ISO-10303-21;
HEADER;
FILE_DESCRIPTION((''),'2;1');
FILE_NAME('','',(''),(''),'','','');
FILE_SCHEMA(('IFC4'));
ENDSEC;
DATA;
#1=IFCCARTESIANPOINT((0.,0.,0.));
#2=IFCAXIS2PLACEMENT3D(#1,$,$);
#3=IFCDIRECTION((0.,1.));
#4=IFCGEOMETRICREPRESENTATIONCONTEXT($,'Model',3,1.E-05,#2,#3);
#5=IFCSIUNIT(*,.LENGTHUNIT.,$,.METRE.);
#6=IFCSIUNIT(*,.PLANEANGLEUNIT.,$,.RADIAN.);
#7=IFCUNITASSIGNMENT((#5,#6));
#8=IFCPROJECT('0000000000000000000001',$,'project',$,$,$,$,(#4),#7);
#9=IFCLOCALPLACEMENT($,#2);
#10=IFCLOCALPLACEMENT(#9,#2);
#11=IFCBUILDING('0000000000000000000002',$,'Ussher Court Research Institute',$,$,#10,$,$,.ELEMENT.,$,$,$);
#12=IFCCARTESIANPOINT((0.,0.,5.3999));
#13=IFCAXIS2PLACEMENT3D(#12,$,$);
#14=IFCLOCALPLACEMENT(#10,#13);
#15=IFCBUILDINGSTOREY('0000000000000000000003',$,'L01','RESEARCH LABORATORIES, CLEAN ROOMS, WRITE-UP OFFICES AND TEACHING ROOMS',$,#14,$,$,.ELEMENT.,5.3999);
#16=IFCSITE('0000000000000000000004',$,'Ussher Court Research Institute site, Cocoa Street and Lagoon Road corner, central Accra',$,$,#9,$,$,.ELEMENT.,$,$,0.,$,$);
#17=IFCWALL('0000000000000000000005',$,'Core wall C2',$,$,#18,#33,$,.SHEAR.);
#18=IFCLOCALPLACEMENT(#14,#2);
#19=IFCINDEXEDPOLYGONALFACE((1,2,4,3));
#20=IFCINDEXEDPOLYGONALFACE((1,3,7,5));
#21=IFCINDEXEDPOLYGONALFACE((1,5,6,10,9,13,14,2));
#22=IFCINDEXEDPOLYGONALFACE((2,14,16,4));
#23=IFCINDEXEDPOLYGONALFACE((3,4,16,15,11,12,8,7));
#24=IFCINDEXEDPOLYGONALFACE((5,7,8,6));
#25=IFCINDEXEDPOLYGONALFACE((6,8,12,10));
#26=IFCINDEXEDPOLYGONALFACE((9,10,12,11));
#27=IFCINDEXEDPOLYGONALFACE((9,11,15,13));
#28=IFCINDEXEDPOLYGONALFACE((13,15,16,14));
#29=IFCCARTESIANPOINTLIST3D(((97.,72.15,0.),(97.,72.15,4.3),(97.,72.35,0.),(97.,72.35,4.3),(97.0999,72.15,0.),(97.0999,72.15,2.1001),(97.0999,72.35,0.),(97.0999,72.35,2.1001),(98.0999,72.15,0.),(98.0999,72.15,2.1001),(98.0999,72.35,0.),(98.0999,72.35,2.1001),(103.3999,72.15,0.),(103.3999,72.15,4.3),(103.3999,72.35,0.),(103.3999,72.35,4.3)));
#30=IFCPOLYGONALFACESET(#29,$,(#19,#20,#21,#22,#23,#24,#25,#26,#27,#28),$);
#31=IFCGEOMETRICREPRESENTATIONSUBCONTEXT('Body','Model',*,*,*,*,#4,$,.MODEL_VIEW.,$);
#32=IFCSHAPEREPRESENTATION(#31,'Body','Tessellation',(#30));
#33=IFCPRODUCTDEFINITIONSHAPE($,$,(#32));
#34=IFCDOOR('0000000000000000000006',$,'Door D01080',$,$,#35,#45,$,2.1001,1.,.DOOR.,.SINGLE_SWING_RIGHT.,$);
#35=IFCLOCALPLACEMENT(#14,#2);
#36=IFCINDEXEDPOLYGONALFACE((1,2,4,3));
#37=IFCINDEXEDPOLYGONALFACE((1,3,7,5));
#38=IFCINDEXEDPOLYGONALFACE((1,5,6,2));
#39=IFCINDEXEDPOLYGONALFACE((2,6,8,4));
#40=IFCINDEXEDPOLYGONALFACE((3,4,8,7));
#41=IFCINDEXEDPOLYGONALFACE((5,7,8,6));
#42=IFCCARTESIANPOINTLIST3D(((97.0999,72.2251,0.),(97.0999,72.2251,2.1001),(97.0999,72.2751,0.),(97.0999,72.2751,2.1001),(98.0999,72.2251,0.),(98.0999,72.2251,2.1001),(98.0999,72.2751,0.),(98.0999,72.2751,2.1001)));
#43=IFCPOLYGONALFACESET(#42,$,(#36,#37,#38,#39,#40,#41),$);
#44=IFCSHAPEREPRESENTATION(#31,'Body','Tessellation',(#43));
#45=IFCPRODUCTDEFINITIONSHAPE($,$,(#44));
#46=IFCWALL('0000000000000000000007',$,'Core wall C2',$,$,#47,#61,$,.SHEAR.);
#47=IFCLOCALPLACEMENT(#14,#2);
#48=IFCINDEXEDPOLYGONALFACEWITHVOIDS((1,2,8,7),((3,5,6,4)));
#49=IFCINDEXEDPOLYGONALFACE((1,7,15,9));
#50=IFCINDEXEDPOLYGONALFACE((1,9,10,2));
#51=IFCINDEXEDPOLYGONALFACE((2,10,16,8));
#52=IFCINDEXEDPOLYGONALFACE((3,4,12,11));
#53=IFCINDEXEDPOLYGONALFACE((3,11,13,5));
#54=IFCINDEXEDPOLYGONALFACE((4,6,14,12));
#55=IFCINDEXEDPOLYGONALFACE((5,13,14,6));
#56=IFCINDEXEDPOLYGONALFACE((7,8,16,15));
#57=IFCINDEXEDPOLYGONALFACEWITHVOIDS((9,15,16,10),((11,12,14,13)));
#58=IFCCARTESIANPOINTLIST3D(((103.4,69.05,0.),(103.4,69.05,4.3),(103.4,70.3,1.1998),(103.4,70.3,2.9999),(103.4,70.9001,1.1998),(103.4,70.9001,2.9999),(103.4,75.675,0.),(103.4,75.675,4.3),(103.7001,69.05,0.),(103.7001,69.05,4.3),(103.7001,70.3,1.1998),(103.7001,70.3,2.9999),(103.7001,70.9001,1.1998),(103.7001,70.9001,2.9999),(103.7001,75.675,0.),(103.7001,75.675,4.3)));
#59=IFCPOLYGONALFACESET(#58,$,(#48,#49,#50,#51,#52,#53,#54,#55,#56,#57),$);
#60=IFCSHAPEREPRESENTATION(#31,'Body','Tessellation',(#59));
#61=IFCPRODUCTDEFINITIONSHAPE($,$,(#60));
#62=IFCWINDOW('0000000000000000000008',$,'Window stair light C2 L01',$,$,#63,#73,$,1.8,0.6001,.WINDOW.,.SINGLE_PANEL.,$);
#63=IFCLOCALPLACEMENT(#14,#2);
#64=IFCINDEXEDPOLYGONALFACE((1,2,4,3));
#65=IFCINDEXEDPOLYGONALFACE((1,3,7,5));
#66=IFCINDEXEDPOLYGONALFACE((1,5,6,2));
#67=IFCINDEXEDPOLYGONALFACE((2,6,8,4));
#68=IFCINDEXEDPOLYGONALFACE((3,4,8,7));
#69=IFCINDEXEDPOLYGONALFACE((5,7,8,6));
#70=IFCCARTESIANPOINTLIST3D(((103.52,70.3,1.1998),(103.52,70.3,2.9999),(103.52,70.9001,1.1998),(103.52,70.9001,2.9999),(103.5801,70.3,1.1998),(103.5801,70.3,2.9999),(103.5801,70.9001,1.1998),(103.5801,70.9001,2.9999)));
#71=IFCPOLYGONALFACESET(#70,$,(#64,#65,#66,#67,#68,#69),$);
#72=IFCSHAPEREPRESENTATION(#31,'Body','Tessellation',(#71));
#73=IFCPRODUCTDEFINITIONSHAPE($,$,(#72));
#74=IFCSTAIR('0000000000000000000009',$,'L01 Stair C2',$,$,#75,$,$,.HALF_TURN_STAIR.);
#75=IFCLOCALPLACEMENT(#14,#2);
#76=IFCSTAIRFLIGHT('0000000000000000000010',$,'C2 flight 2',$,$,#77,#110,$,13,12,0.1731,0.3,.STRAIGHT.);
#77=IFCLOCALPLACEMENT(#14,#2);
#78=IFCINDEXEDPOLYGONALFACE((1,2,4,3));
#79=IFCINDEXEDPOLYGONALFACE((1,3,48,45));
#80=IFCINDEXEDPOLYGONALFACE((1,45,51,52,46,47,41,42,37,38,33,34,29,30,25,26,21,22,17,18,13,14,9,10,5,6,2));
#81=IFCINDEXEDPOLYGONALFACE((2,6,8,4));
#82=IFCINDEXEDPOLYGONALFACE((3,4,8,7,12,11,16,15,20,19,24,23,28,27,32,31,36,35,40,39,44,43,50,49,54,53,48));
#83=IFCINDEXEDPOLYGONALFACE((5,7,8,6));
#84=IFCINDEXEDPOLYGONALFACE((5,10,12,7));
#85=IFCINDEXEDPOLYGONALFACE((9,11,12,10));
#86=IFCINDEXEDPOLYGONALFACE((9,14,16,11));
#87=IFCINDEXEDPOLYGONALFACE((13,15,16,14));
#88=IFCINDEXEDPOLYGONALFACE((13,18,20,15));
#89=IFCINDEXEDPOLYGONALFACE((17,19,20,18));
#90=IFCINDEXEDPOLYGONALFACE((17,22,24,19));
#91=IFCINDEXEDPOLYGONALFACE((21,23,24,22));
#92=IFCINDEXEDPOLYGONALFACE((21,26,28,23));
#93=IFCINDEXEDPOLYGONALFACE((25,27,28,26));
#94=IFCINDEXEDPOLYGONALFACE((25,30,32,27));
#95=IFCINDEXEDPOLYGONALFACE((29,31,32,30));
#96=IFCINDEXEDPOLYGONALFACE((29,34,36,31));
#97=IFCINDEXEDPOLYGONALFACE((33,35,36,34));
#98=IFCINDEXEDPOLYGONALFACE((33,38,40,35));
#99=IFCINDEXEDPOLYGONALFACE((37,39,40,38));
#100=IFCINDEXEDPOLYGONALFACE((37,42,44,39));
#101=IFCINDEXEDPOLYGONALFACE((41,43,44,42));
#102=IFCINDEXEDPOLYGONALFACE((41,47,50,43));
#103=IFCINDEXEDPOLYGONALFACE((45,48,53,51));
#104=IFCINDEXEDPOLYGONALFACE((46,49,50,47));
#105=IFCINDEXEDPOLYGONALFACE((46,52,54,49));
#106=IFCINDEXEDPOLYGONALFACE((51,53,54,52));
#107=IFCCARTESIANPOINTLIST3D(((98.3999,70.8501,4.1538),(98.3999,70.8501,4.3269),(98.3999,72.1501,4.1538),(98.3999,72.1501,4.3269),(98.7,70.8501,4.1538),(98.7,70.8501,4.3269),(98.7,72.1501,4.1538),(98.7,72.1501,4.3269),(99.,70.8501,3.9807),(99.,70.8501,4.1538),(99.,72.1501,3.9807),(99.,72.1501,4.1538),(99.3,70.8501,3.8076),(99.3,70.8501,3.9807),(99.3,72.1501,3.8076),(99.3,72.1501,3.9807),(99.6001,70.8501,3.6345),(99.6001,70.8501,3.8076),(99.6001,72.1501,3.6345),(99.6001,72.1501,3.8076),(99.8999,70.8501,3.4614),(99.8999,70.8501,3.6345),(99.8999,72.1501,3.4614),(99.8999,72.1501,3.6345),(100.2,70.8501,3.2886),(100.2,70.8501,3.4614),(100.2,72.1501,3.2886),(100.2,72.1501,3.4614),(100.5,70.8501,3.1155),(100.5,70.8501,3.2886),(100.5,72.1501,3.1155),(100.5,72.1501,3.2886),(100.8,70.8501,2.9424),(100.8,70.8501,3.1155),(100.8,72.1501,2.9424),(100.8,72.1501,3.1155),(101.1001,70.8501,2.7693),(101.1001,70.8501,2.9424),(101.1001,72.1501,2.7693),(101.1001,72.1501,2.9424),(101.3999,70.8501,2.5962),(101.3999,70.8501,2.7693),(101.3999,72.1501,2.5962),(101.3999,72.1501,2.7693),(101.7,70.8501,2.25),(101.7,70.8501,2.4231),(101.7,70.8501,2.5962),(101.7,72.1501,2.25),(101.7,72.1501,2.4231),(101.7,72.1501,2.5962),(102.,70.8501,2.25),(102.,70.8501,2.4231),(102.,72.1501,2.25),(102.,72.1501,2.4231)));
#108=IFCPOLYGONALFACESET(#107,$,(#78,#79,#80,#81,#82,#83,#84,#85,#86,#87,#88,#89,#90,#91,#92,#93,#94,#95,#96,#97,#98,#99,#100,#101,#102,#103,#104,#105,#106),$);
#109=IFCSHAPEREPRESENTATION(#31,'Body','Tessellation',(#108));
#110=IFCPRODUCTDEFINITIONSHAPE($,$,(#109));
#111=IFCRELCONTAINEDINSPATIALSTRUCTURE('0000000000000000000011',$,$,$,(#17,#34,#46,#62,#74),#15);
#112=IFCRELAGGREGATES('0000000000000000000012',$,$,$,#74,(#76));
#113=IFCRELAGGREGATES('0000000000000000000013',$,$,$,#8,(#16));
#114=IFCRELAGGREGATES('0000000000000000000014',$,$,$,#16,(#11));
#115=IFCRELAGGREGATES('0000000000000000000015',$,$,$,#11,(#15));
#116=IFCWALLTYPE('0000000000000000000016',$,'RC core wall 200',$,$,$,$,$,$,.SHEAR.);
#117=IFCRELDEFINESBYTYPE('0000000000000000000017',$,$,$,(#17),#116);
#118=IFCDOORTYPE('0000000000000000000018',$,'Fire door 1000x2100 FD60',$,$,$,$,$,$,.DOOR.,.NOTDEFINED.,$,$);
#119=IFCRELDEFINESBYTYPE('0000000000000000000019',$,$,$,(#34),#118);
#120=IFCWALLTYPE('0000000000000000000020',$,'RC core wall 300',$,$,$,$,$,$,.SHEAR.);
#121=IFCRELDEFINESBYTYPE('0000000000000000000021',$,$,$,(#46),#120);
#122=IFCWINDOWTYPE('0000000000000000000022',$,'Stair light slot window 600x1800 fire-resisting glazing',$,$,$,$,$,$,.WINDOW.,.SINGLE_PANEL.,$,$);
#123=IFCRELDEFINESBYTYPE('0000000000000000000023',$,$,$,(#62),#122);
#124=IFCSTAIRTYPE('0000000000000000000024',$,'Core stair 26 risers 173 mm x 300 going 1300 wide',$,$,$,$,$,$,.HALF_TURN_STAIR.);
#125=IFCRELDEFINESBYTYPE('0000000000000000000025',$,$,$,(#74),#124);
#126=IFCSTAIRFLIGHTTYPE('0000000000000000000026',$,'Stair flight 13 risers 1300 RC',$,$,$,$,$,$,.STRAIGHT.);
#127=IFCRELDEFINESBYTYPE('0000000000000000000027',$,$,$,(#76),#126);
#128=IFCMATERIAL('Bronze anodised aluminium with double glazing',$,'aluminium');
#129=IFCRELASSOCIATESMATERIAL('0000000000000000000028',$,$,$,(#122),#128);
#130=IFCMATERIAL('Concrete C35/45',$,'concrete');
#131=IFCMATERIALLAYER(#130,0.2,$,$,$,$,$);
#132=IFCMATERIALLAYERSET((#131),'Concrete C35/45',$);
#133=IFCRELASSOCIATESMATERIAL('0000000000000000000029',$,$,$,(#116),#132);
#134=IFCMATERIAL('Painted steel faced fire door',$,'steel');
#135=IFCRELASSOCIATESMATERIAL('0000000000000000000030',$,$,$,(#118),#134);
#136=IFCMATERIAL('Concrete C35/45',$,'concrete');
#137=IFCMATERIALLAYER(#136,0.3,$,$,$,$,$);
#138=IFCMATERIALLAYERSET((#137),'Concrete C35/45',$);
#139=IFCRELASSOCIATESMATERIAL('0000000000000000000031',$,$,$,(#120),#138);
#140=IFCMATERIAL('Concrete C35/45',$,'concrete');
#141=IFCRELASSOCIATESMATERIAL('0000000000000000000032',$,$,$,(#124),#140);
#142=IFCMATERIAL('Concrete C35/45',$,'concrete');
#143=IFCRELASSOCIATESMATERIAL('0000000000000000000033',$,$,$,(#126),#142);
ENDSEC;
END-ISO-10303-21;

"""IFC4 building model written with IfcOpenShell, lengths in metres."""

from ifc_helpers import new_model, si_unit, direction, frame, frame_2d, origin, place, context, subcontext, project, spatial, polyline, rectangle, outline, extrude, material, layer, layer_set, type_object, element, fill, aggregate, save


model = new_model("IFC4")

# Units and contexts
model_context = context("Model", 3, precision=1e-05, world=origin(), true_north=direction((0.0, 1.0)))
body_context = subcontext(model_context, "Body", "Model", "MODEL_VIEW")
ifc_project = project(units=[si_unit("LENGTHUNIT", "METRE"), si_unit("PLANEANGLEUNIT", "RADIAN")], contexts=[model_context])

# Site, building, storey
site_placement = place(None, origin())
site = spatial("IfcSite", under=ifc_project, at=site_placement, Name="Ussher Court Research Institute site, Cocoa Street and Lagoon Road corner, central Accra", CompositionType="ELEMENT", RefElevation=0.0)
building_placement = place(site_placement, origin())
building = spatial("IfcBuilding", under=site, at=building_placement, Name="Ussher Court Research Institute", CompositionType="ELEMENT")
storey_placement = place(building_placement, frame((0.0, 0.0, 5.3999)))
storey = spatial("IfcBuildingStorey", under=building, at=storey_placement, Name="L01", Description="RESEARCH LABORATORIES, CLEAN ROOMS, WRITE-UP OFFICES AND TEACHING ROOMS", CompositionType="ELEMENT", Elevation=5.3999)

# Shared definitions
ifc_material_1 = material(Name="Bronze anodised aluminium with double glazing", Category="aluminium")
window_type = type_object("IfcWindowType", Name="Stair light slot window 600x1800 fire-resisting glazing", PartitioningType="SINGLE_PANEL", PredefinedType="WINDOW", material=ifc_material_1)

# Wall, opening, door
ifc_material_2 = material(Name="Concrete C35/45", Category="concrete")
ifc_layer_1 = layer(ifc_material_2, 0.2)
ifc_layer_set_1 = layer_set([ifc_layer_1], Name="Concrete C35/45")
wall_type_1 = type_object("IfcWallType", Name="RC core wall 200", PredefinedType="SHEAR", material=ifc_layer_set_1)
wall_1_placement = place(storey_placement, frame((103.3999, 72.25, 0.0), z_axis=(0.0, 0.0, 1.0), x_axis=(-1.0, 0.0, 0.0)))
wall_1 = element("IfcWall", 1, at=wall_1_placement, inside=storey, type_object=wall_type_1, Name="Core wall C2", PredefinedType="SHEAR", context=body_context, shape_type="SweptSolid", body=[
    extrude(rectangle(XDim=6.3999, YDim=0.2, at=frame_2d((3.2, 0.0))), origin(), (0.0, 0.0, 1.0), 4.3),
])
opening_1_placement = place(wall_1_placement, frame((5.3, 0.0, 0.0)))
opening_1 = element("IfcOpeningElement", 2, at=opening_1_placement, cuts=wall_1, PredefinedType="OPENING", context=body_context, shape_type="SweptSolid", body=[
    extrude(rectangle(XDim=1.0, YDim=2.1001, at=frame_2d((0.5, 1.05))), frame((0.0, 0.1099, 0.0), z_axis=(0.0, -1.0, 0.0), x_axis=(1.0, 0.0, 0.0)), (0.0, 0.0, 1.0), 0.22),
])
ifc_material_3 = material(Name="Painted steel faced fire door", Category="steel")
door_type = type_object("IfcDoorType", Name="Fire door 1000x2100 FD60", OperationType="NOTDEFINED", PredefinedType="DOOR", material=ifc_material_3)
door_placement = place(opening_1_placement, origin())
door = element("IfcDoor", 3, at=door_placement, inside=storey, type_object=door_type, Name="Door D01080", OperationType="SINGLE_SWING_RIGHT", OverallHeight=2.1001, OverallWidth=1.0, PredefinedType="DOOR", context=body_context, shape_type="SweptSolid", body=[
    extrude(rectangle(XDim=1.0, YDim=2.1001, at=frame_2d((0.5, 1.05))), frame((0.0, 0.0249, 0.0), z_axis=(0.0, -1.0, 0.0), x_axis=(1.0, 0.0, 0.0)), (0.0, 0.0, 1.0), 0.05),
])
fill(opening_1, door)

# Wall, opening, window
ifc_material_4 = material(Name="Concrete C35/45", Category="concrete")
ifc_layer_2 = layer(ifc_material_4, 0.3)
ifc_layer_set_2 = layer_set([ifc_layer_2], Name="Concrete C35/45")
wall_type_2 = type_object("IfcWallType", Name="RC core wall 300", PredefinedType="SHEAR", material=ifc_layer_set_2)
wall_2_placement = place(storey_placement, frame((103.55, 69.05, 0.0), z_axis=(0.0, 0.0, 1.0), x_axis=(0.0, 1.0, 0.0)))
wall_2 = element("IfcWall", 4, at=wall_2_placement, inside=storey, type_object=wall_type_2, Name="Core wall C2", PredefinedType="SHEAR", context=body_context, shape_type="SweptSolid", body=[
    extrude(rectangle(XDim=6.625, YDim=0.3, at=frame_2d((3.3125, 0.0))), origin(), (0.0, 0.0, 1.0), 4.3),
])
opening_2_placement = place(wall_2_placement, frame((1.25, 0.0, 1.2)))
opening_2 = element("IfcOpeningElement", 5, at=opening_2_placement, cuts=wall_2, PredefinedType="OPENING", context=body_context, shape_type="SweptSolid", body=[
    extrude(rectangle(XDim=0.6001, YDim=1.8, at=frame_2d((0.3, 0.8999))), frame((0.0, 0.1602, 0.0), z_axis=(0.0, -1.0, 0.0), x_axis=(1.0, 0.0, 0.0)), (0.0, 0.0, 1.0), 0.3201),
])
window_1_placement = place(opening_2_placement, origin())
window_1 = element("IfcWindow", 6, at=window_1_placement, inside=storey, type_object=window_type, Name="Window stair light C2 L01", OverallHeight=1.8, OverallWidth=0.6001, PartitioningType="SINGLE_PANEL", PredefinedType="WINDOW", context=body_context, shape_type="SweptSolid", body=[
    extrude(rectangle(XDim=0.6001, YDim=1.8, at=frame_2d((0.3, 0.8999))), frame((0.0, 0.03, 0.0), z_axis=(0.0, -1.0, 0.0), x_axis=(1.0, 0.0, 0.0)), (0.0, 0.0, 1.0), 0.0601),
])
fill(opening_2, window_1)

# Stair, stair flight
ifc_material_5 = material(Name="Concrete C35/45", Category="concrete")
stair_type = type_object("IfcStairType", Name="Core stair 26 risers 173 mm x 300 going 1300 wide", PredefinedType="HALF_TURN_STAIR", material=ifc_material_5)
stair_placement = place(storey_placement, origin())
stair = element("IfcStair", 7, at=stair_placement, inside=storey, type_object=stair_type, Name="L01 Stair C2", PredefinedType="HALF_TURN_STAIR")
ifc_material_6 = material(Name="Concrete C35/45", Category="concrete")
stair_flight_type = type_object("IfcStairFlightType", Name="Stair flight 13 risers 1300 RC", PredefinedType="STRAIGHT", material=ifc_material_6)
stair_flight_placement = place(storey_placement, frame((102.0, 71.5, 2.25), z_axis=(0.0, 0.0, 1.0), x_axis=(-1.0, 0.0, 0.0)))
stair_flight = element("IfcStairFlight", 8, at=stair_flight_placement, type_object=stair_flight_type, Name="C2 flight 2", NumberOfRisers=13, NumberOfTreads=12, PredefinedType="STRAIGHT", RiserHeight=0.1731, TreadLength=0.3, context=body_context, shape_type="SweptSolid", body=[
    extrude(outline(polyline([(0.0, 0.0), (0.0, 0.1731), (0.3, 0.1731), (0.3, 0.3462), (0.6001, 0.3462), (0.6001, 0.5193), (0.8999, 0.5193), (0.8999, 0.6924), (1.2, 0.6924), (1.2, 0.8655), (1.5, 0.8655), (1.5, 1.0386), (1.8, 1.0386), (1.8, 1.2114), (2.1001, 1.2114), (2.1001, 1.3845), (2.3999, 1.3845), (2.3999, 1.5576), (2.7, 1.5576), (2.7, 1.7307), (3.0, 1.7307), (3.0, 1.9038), (3.3, 1.9038), (3.3, 2.0769), (3.6001, 2.0769), (3.6001, 2.25), (3.6001, 1.9038), (0.3, 0.0), (0.0, 0.0)])), frame((0.0, 0.6499, 0.0), z_axis=(0.0, -1.0, 0.0), x_axis=(1.0, 0.0, 0.0)), (0.0, 0.0, 1.0), 1.3),
])
aggregate(stair, [stair_flight])

save(model, "model.ifc")
